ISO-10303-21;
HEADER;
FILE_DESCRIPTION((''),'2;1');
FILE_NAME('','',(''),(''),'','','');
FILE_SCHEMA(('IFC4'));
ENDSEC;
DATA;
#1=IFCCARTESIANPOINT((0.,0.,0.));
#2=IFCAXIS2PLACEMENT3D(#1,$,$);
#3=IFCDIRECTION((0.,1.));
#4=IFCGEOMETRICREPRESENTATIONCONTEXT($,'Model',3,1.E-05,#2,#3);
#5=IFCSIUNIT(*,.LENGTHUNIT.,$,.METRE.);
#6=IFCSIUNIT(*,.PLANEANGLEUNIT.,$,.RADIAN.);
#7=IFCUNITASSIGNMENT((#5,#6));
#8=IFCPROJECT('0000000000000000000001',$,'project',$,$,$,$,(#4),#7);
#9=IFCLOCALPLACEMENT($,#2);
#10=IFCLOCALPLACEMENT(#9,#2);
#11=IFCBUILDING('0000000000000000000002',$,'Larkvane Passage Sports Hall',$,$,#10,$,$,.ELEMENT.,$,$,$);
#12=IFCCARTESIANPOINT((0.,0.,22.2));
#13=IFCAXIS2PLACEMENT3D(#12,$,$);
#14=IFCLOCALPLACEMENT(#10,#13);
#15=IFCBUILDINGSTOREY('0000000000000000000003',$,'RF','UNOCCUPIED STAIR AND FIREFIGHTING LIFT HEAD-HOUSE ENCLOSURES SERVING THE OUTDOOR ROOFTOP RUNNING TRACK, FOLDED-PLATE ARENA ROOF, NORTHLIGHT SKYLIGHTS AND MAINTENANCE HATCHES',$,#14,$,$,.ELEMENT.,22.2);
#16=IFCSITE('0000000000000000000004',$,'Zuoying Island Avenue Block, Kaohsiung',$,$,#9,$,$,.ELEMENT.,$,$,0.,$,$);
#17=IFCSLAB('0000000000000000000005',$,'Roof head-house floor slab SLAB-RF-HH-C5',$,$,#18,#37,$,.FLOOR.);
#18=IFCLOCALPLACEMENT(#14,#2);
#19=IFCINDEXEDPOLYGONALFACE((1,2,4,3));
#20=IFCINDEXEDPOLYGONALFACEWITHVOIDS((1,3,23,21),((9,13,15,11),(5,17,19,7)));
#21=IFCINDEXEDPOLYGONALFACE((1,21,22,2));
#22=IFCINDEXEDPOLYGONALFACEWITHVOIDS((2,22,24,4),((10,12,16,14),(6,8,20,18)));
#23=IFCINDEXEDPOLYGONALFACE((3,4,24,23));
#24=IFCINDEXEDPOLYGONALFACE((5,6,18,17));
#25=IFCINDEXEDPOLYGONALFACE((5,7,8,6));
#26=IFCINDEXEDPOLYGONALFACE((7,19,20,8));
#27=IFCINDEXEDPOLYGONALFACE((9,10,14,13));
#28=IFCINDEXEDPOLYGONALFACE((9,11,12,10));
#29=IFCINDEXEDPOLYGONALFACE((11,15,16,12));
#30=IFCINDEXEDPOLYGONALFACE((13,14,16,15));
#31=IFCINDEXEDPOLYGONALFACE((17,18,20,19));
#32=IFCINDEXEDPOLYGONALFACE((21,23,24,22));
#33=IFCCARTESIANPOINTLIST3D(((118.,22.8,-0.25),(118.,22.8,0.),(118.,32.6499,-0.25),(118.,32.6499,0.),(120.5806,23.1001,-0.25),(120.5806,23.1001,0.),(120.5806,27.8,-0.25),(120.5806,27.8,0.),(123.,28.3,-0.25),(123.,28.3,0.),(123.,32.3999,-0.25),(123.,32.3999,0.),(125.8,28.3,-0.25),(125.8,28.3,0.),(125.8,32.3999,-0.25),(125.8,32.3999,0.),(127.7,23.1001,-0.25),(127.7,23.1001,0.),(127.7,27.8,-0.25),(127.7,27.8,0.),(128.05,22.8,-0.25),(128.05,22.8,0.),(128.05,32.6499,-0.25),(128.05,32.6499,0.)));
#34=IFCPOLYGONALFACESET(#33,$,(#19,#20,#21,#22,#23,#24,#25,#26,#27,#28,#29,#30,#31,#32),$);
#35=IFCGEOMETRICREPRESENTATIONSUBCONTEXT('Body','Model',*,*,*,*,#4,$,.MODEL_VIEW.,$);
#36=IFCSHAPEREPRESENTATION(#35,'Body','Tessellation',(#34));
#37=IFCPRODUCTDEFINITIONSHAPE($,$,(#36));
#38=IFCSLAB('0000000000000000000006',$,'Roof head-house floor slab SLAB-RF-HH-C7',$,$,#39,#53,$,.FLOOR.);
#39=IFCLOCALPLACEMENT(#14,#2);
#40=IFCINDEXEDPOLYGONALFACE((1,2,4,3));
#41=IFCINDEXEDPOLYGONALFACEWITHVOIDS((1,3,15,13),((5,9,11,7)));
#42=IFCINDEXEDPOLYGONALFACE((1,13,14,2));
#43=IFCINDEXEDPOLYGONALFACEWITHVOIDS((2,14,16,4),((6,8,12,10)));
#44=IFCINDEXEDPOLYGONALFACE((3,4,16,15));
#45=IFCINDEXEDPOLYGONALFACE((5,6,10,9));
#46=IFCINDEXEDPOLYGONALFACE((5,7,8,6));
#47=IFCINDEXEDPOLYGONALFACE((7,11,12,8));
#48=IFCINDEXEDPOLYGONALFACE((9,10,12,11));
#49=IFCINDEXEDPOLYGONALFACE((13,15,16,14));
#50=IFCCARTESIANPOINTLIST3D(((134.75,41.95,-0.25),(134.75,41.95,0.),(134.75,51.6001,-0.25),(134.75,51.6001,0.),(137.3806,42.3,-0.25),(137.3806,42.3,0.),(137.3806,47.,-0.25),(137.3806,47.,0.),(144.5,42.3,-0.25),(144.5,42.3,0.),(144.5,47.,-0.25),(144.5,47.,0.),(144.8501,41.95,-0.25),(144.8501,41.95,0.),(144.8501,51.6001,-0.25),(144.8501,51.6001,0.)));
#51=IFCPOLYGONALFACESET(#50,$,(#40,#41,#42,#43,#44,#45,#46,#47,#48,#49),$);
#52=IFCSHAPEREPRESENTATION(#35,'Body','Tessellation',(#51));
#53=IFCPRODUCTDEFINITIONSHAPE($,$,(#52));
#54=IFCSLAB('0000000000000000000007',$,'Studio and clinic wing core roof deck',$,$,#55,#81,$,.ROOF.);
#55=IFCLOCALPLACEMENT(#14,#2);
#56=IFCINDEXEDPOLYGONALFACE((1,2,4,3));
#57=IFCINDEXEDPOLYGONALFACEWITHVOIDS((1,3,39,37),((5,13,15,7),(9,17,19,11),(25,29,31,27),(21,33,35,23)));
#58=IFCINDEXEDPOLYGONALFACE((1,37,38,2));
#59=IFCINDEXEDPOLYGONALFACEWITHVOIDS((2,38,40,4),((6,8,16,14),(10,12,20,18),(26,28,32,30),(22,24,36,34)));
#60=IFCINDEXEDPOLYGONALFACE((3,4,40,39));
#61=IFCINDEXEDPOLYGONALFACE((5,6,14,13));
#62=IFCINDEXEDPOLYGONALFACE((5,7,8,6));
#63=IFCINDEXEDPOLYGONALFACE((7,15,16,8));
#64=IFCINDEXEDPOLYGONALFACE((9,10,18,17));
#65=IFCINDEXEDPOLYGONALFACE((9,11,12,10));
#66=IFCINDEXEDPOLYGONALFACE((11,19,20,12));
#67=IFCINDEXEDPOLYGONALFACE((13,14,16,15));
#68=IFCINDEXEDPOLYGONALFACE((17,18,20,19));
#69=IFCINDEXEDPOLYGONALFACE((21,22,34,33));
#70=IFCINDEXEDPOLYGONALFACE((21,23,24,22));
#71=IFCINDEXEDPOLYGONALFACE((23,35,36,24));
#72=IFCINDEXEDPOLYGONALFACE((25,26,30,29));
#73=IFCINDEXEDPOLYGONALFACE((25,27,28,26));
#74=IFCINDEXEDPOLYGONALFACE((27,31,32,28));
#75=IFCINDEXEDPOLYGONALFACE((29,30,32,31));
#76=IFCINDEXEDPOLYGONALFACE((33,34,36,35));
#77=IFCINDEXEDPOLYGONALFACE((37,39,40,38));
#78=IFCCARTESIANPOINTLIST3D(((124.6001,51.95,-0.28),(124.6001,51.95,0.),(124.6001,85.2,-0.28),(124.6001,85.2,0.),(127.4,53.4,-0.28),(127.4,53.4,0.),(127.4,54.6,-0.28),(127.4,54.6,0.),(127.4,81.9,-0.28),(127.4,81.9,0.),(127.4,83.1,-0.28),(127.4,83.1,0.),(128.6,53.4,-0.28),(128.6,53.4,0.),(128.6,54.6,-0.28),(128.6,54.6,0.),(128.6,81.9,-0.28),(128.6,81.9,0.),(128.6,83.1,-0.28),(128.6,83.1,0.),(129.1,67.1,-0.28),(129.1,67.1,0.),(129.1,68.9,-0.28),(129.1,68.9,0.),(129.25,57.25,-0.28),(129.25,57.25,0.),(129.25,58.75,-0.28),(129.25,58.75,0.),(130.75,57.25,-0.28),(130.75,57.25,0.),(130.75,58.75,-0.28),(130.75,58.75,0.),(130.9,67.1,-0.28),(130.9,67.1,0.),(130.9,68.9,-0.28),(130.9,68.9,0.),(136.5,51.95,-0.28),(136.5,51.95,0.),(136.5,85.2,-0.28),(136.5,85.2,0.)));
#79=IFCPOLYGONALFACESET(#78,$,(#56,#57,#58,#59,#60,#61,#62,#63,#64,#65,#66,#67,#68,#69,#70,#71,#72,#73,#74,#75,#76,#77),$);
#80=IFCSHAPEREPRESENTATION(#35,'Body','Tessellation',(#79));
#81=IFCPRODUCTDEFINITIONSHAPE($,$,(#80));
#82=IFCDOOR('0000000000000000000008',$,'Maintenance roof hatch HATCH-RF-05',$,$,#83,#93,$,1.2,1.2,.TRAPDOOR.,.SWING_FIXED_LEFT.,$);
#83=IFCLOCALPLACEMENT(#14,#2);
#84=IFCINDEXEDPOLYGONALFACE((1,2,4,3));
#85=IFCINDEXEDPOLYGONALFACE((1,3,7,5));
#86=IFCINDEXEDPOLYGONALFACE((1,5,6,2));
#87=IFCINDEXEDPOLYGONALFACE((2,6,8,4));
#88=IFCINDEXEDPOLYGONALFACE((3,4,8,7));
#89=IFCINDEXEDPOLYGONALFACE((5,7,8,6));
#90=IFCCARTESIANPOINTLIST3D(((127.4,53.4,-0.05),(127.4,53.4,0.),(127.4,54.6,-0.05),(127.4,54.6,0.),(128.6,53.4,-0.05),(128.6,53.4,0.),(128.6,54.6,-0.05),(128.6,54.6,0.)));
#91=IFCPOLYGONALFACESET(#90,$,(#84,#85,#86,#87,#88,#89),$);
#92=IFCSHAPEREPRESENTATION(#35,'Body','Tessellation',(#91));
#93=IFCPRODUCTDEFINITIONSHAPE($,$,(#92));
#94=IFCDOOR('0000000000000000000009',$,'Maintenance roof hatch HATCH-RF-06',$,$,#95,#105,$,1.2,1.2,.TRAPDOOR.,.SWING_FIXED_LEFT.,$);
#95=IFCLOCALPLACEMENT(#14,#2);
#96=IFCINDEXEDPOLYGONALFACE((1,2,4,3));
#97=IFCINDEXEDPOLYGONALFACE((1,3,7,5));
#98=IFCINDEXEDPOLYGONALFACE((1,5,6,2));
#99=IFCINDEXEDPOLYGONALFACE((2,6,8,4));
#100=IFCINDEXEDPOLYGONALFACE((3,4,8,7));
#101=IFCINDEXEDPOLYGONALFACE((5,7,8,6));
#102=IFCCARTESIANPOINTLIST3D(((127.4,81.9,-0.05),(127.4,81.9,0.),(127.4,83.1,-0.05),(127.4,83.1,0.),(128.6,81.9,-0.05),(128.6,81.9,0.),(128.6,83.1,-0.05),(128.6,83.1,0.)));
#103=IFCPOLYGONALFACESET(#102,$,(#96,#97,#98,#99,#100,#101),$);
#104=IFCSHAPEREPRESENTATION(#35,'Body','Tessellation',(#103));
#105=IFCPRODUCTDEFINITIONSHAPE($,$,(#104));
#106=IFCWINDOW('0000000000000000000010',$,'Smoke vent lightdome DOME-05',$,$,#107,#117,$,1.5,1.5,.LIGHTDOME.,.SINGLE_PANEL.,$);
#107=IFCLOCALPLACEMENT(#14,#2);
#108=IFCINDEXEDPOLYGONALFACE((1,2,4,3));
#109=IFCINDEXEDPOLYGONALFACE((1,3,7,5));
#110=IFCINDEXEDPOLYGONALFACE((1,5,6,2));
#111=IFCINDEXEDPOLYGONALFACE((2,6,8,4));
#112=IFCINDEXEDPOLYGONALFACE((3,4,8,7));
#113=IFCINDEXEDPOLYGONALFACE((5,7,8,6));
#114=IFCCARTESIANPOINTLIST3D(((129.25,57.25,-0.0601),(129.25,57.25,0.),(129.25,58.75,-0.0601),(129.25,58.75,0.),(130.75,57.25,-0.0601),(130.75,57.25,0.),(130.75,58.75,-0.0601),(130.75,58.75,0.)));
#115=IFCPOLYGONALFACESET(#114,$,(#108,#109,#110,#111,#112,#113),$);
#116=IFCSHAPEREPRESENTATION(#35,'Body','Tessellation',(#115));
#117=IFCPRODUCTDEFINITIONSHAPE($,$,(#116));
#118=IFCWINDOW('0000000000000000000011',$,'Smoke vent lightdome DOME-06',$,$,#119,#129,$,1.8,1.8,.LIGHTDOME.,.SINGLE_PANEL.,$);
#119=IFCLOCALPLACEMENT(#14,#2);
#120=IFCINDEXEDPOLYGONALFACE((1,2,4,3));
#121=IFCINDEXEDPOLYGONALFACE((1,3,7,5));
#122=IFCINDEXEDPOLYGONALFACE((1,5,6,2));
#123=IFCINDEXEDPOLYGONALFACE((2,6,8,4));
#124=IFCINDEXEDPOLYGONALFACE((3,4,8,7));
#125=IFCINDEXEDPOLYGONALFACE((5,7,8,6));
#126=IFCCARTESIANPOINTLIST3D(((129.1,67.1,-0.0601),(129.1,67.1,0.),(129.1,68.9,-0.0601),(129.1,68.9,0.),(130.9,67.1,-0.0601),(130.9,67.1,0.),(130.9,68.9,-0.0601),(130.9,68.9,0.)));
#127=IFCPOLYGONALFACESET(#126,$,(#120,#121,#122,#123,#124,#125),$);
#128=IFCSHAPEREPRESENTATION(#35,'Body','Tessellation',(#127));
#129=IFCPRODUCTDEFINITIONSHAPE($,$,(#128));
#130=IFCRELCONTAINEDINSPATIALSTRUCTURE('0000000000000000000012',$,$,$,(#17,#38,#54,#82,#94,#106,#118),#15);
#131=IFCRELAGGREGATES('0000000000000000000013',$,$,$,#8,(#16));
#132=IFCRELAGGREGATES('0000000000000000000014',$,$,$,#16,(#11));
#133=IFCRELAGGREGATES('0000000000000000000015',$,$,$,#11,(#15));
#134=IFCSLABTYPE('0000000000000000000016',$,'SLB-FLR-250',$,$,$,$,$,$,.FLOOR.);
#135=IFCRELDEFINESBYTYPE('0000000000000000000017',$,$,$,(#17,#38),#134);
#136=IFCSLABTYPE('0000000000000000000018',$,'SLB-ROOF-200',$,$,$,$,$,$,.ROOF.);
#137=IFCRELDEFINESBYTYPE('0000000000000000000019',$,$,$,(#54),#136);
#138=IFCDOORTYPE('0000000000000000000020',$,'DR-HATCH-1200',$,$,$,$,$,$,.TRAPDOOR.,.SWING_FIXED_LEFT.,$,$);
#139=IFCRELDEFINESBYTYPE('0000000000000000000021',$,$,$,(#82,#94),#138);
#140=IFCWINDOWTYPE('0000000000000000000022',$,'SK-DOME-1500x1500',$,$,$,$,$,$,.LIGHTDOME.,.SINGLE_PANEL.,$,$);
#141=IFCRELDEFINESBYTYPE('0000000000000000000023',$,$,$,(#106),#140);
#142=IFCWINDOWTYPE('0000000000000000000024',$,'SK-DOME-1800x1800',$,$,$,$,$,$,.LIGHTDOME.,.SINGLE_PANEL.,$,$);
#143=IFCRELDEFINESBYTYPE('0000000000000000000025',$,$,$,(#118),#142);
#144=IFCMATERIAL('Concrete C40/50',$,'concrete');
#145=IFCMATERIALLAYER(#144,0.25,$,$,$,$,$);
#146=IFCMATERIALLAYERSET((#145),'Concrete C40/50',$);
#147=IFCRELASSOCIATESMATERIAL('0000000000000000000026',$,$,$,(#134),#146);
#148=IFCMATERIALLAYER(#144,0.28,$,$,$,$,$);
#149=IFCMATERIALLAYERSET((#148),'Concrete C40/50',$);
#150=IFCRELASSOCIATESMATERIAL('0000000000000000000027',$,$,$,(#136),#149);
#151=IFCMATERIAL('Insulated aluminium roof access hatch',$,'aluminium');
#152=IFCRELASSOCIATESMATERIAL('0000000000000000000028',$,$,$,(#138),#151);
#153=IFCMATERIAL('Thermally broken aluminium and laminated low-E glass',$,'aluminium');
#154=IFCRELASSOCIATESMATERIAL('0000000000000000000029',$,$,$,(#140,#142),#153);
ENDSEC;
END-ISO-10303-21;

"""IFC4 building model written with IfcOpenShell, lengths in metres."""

from ifc_helpers import new_model, si_unit, direction, frame, origin, origin_2d, place, context, subcontext, project, spatial, polyline, rectangle, outline, extrude, material, layer, layer_set, type_object, element, fill, save


model = new_model("IFC4")

# Units and contexts
model_context = context("Model", 3, precision=1e-05, world=origin(), true_north=direction((0.0, 1.0)))
body_context = subcontext(model_context, "Body", "Model", "MODEL_VIEW")
ifc_project = project(units=[si_unit("LENGTHUNIT", "METRE"), si_unit("PLANEANGLEUNIT", "RADIAN")], contexts=[model_context])

# Site, building, storey
site_placement = place(None, origin())
site = spatial("IfcSite", under=ifc_project, at=site_placement, Name="Zuoying Island Avenue Block, Kaohsiung", CompositionType="ELEMENT", RefElevation=0.0)
building_placement = place(site_placement, origin())
building = spatial("IfcBuilding", under=site, at=building_placement, Name="Larkvane Passage Sports Hall", CompositionType="ELEMENT")
storey_placement = place(building_placement, frame((0.0, 0.0, 22.2)))
storey = spatial("IfcBuildingStorey", under=building, at=storey_placement, Name="RF", Description="UNOCCUPIED STAIR AND FIREFIGHTING LIFT HEAD-HOUSE ENCLOSURES SERVING THE OUTDOOR ROOFTOP RUNNING TRACK, FOLDED-PLATE ARENA ROOF, NORTHLIGHT SKYLIGHTS AND MAINTENANCE HATCHES", CompositionType="ELEMENT", Elevation=22.2)

# Slabs
ifc_material_1 = material(Name="Concrete C40/50", Category="concrete")
ifc_layer_1 = layer(ifc_material_1, 0.25)
ifc_layer_set_1 = layer_set([ifc_layer_1], Name="Concrete C40/50")
slab_type_1 = type_object("IfcSlabType", Name="SLB-FLR-250", PredefinedType="FLOOR", material=ifc_layer_set_1)
slab_1_placement = place(storey_placement, frame((0.0, 0.0, -0.25)))
element("IfcSlab", 1, at=slab_1_placement, inside=storey, type_object=slab_type_1, Name="Roof head-house floor slab SLAB-RF-HH-C5", PredefinedType="FLOOR", context=body_context, shape_type="SweptSolid", body=[
    extrude(outline(polyline([(118.0, 22.8), (128.05, 22.8), (128.05, 32.6499), (118.0, 32.6499), (118.0, 22.8)]), holes=[polyline([(120.5806, 27.8), (127.7, 27.8), (127.7, 23.1001), (120.5806, 23.1001), (120.5806, 27.8)]), polyline([(123.0, 32.3999), (125.8, 32.3999), (125.8, 28.3), (123.0, 28.3), (123.0, 32.3999)])]), origin(), (0.0, 0.0, 1.0), 0.25),
])
slab_2_placement = place(storey_placement, frame((0.0, 0.0, -0.25)))
element("IfcSlab", 2, at=slab_2_placement, inside=storey, type_object=slab_type_1, Name="Roof head-house floor slab SLAB-RF-HH-C7", PredefinedType="FLOOR", context=body_context, shape_type="SweptSolid", body=[
    extrude(outline(polyline([(134.75, 41.95), (144.8501, 41.95), (144.8501, 51.6001), (134.75, 51.6001), (134.75, 41.95)]), holes=[polyline([(137.3806, 47.0), (144.5, 47.0), (144.5, 42.3), (137.3806, 42.3), (137.3806, 47.0)])]), origin(), (0.0, 0.0, 1.0), 0.25),
])

# Slab, openings, doors, windows
ifc_layer_2 = layer(ifc_material_1, 0.28)
ifc_layer_set_2 = layer_set([ifc_layer_2], Name="Concrete C40/50")
slab_type_2 = type_object("IfcSlabType", Name="SLB-ROOF-200", PredefinedType="ROOF", material=ifc_layer_set_2)
slab_3_placement = place(storey_placement, frame((0.0, 0.0, -0.28)))
slab_3 = element("IfcSlab", 3, at=slab_3_placement, inside=storey, type_object=slab_type_2, Name="Studio and clinic wing core roof deck", PredefinedType="ROOF", context=body_context, shape_type="SweptSolid", body=[
    extrude(outline(polyline([(124.6001, 51.95), (136.5, 51.95), (136.5, 85.2), (124.6001, 85.2), (124.6001, 51.95)])), origin(), (0.0, 0.0, 1.0), 0.28),
])
opening_1_placement = place(slab_3_placement, frame((130.0, 58.0, -0.01), z_axis=(0.0, 0.0, 1.0), x_axis=(1.0, 0.0, 0.0)))
opening_1 = element("IfcOpeningElement", 4, at=opening_1_placement, cuts=slab_3, PredefinedType="OPENING", context=body_context, shape_type="SweptSolid", body=[
    extrude(rectangle(XDim=1.5, YDim=1.5, at=origin_2d()), origin(), (0.0, 0.0, 1.0), 0.3),
])
opening_2_placement = place(slab_3_placement, frame((130.0, 68.0, -0.01), z_axis=(0.0, 0.0, 1.0), x_axis=(1.0, 0.0, 0.0)))
opening_2 = element("IfcOpeningElement", 5, at=opening_2_placement, cuts=slab_3, PredefinedType="OPENING", context=body_context, shape_type="SweptSolid", body=[
    extrude(rectangle(XDim=1.8, YDim=1.8, at=origin_2d()), origin(), (0.0, 0.0, 1.0), 0.3),
])
opening_3_placement = place(slab_3_placement, frame((128.0, 54.0, -0.01), z_axis=(0.0, 0.0, 1.0), x_axis=(1.0, 0.0, 0.0)))
opening_3 = element("IfcOpeningElement", 6, at=opening_3_placement, cuts=slab_3, PredefinedType="OPENING", context=body_context, shape_type="SweptSolid", body=[
    extrude(rectangle(XDim=1.2, YDim=1.2, at=origin_2d()), origin(), (0.0, 0.0, 1.0), 0.3),
])
opening_4_placement = place(slab_3_placement, frame((128.0, 82.5, -0.01), z_axis=(0.0, 0.0, 1.0), x_axis=(1.0, 0.0, 0.0)))
opening_4 = element("IfcOpeningElement", 7, at=opening_4_placement, cuts=slab_3, PredefinedType="OPENING", context=body_context, shape_type="SweptSolid", body=[
    extrude(rectangle(XDim=1.2, YDim=1.2, at=origin_2d()), origin(), (0.0, 0.0, 1.0), 0.3),
])
ifc_material_2 = material(Name="Insulated aluminium roof access hatch", Category="aluminium")
door_type = type_object("IfcDoorType", Name="DR-HATCH-1200", OperationType="SWING_FIXED_LEFT", PredefinedType="TRAPDOOR", material=ifc_material_2)
door_1_placement = place(slab_3_placement, frame((128.0, 54.0, 0.23), z_axis=(0.0, 0.0, 1.0), x_axis=(1.0, 0.0, 0.0)))
door_1 = element("IfcDoor", 8, at=door_1_placement, inside=storey, type_object=door_type, Name="Maintenance roof hatch HATCH-RF-05", OperationType="SWING_FIXED_LEFT", OverallHeight=1.2, OverallWidth=1.2, PredefinedType="TRAPDOOR", context=body_context, shape_type="SweptSolid", body=[
    extrude(rectangle(XDim=1.2, YDim=1.2, at=origin_2d()), origin(), (0.0, 0.0, 1.0), 0.05),
])
fill(opening_3, door_1)
door_2_placement = place(slab_3_placement, frame((128.0, 82.5, 0.23), z_axis=(0.0, 0.0, 1.0), x_axis=(1.0, 0.0, 0.0)))
door_2 = element("IfcDoor", 9, at=door_2_placement, inside=storey, type_object=door_type, Name="Maintenance roof hatch HATCH-RF-06", OperationType="SWING_FIXED_LEFT", OverallHeight=1.2, OverallWidth=1.2, PredefinedType="TRAPDOOR", context=body_context, shape_type="SweptSolid", body=[
    extrude(rectangle(XDim=1.2, YDim=1.2, at=origin_2d()), origin(), (0.0, 0.0, 1.0), 0.05),
])
fill(opening_4, door_2)
ifc_material_3 = material(Name="Thermally broken aluminium and laminated low-E glass", Category="aluminium")
window_type_1 = type_object("IfcWindowType", Name="SK-DOME-1500x1500", PartitioningType="SINGLE_PANEL", PredefinedType="LIGHTDOME", material=ifc_material_3)
window_1_placement = place(slab_3_placement, frame((130.0, 58.0, 0.22), z_axis=(0.0, 0.0, 1.0), x_axis=(1.0, 0.0, 0.0)))
window_1 = element("IfcWindow", 10, at=window_1_placement, inside=storey, type_object=window_type_1, Name="Smoke vent lightdome DOME-05", OverallHeight=1.5, OverallWidth=1.5, PartitioningType="SINGLE_PANEL", PredefinedType="LIGHTDOME", context=body_context, shape_type="SweptSolid", body=[
    extrude(rectangle(XDim=1.5, YDim=1.5, at=origin_2d()), origin(), (0.0, 0.0, 1.0), 0.0601),
])
fill(opening_1, window_1)
window_type_2 = type_object("IfcWindowType", Name="SK-DOME-1800x1800", PartitioningType="SINGLE_PANEL", PredefinedType="LIGHTDOME", material=ifc_material_3)
window_2_placement = place(slab_3_placement, frame((130.0, 68.0, 0.22), z_axis=(0.0, 0.0, 1.0), x_axis=(1.0, 0.0, 0.0)))
window_2 = element("IfcWindow", 11, at=window_2_placement, inside=storey, type_object=window_type_2, Name="Smoke vent lightdome DOME-06", OverallHeight=1.8, OverallWidth=1.8, PartitioningType="SINGLE_PANEL", PredefinedType="LIGHTDOME", context=body_context, shape_type="SweptSolid", body=[
    extrude(rectangle(XDim=1.8, YDim=1.8, at=origin_2d()), origin(), (0.0, 0.0, 1.0), 0.0601),
])
fill(opening_2, window_2)

save(model, "model.ifc")
